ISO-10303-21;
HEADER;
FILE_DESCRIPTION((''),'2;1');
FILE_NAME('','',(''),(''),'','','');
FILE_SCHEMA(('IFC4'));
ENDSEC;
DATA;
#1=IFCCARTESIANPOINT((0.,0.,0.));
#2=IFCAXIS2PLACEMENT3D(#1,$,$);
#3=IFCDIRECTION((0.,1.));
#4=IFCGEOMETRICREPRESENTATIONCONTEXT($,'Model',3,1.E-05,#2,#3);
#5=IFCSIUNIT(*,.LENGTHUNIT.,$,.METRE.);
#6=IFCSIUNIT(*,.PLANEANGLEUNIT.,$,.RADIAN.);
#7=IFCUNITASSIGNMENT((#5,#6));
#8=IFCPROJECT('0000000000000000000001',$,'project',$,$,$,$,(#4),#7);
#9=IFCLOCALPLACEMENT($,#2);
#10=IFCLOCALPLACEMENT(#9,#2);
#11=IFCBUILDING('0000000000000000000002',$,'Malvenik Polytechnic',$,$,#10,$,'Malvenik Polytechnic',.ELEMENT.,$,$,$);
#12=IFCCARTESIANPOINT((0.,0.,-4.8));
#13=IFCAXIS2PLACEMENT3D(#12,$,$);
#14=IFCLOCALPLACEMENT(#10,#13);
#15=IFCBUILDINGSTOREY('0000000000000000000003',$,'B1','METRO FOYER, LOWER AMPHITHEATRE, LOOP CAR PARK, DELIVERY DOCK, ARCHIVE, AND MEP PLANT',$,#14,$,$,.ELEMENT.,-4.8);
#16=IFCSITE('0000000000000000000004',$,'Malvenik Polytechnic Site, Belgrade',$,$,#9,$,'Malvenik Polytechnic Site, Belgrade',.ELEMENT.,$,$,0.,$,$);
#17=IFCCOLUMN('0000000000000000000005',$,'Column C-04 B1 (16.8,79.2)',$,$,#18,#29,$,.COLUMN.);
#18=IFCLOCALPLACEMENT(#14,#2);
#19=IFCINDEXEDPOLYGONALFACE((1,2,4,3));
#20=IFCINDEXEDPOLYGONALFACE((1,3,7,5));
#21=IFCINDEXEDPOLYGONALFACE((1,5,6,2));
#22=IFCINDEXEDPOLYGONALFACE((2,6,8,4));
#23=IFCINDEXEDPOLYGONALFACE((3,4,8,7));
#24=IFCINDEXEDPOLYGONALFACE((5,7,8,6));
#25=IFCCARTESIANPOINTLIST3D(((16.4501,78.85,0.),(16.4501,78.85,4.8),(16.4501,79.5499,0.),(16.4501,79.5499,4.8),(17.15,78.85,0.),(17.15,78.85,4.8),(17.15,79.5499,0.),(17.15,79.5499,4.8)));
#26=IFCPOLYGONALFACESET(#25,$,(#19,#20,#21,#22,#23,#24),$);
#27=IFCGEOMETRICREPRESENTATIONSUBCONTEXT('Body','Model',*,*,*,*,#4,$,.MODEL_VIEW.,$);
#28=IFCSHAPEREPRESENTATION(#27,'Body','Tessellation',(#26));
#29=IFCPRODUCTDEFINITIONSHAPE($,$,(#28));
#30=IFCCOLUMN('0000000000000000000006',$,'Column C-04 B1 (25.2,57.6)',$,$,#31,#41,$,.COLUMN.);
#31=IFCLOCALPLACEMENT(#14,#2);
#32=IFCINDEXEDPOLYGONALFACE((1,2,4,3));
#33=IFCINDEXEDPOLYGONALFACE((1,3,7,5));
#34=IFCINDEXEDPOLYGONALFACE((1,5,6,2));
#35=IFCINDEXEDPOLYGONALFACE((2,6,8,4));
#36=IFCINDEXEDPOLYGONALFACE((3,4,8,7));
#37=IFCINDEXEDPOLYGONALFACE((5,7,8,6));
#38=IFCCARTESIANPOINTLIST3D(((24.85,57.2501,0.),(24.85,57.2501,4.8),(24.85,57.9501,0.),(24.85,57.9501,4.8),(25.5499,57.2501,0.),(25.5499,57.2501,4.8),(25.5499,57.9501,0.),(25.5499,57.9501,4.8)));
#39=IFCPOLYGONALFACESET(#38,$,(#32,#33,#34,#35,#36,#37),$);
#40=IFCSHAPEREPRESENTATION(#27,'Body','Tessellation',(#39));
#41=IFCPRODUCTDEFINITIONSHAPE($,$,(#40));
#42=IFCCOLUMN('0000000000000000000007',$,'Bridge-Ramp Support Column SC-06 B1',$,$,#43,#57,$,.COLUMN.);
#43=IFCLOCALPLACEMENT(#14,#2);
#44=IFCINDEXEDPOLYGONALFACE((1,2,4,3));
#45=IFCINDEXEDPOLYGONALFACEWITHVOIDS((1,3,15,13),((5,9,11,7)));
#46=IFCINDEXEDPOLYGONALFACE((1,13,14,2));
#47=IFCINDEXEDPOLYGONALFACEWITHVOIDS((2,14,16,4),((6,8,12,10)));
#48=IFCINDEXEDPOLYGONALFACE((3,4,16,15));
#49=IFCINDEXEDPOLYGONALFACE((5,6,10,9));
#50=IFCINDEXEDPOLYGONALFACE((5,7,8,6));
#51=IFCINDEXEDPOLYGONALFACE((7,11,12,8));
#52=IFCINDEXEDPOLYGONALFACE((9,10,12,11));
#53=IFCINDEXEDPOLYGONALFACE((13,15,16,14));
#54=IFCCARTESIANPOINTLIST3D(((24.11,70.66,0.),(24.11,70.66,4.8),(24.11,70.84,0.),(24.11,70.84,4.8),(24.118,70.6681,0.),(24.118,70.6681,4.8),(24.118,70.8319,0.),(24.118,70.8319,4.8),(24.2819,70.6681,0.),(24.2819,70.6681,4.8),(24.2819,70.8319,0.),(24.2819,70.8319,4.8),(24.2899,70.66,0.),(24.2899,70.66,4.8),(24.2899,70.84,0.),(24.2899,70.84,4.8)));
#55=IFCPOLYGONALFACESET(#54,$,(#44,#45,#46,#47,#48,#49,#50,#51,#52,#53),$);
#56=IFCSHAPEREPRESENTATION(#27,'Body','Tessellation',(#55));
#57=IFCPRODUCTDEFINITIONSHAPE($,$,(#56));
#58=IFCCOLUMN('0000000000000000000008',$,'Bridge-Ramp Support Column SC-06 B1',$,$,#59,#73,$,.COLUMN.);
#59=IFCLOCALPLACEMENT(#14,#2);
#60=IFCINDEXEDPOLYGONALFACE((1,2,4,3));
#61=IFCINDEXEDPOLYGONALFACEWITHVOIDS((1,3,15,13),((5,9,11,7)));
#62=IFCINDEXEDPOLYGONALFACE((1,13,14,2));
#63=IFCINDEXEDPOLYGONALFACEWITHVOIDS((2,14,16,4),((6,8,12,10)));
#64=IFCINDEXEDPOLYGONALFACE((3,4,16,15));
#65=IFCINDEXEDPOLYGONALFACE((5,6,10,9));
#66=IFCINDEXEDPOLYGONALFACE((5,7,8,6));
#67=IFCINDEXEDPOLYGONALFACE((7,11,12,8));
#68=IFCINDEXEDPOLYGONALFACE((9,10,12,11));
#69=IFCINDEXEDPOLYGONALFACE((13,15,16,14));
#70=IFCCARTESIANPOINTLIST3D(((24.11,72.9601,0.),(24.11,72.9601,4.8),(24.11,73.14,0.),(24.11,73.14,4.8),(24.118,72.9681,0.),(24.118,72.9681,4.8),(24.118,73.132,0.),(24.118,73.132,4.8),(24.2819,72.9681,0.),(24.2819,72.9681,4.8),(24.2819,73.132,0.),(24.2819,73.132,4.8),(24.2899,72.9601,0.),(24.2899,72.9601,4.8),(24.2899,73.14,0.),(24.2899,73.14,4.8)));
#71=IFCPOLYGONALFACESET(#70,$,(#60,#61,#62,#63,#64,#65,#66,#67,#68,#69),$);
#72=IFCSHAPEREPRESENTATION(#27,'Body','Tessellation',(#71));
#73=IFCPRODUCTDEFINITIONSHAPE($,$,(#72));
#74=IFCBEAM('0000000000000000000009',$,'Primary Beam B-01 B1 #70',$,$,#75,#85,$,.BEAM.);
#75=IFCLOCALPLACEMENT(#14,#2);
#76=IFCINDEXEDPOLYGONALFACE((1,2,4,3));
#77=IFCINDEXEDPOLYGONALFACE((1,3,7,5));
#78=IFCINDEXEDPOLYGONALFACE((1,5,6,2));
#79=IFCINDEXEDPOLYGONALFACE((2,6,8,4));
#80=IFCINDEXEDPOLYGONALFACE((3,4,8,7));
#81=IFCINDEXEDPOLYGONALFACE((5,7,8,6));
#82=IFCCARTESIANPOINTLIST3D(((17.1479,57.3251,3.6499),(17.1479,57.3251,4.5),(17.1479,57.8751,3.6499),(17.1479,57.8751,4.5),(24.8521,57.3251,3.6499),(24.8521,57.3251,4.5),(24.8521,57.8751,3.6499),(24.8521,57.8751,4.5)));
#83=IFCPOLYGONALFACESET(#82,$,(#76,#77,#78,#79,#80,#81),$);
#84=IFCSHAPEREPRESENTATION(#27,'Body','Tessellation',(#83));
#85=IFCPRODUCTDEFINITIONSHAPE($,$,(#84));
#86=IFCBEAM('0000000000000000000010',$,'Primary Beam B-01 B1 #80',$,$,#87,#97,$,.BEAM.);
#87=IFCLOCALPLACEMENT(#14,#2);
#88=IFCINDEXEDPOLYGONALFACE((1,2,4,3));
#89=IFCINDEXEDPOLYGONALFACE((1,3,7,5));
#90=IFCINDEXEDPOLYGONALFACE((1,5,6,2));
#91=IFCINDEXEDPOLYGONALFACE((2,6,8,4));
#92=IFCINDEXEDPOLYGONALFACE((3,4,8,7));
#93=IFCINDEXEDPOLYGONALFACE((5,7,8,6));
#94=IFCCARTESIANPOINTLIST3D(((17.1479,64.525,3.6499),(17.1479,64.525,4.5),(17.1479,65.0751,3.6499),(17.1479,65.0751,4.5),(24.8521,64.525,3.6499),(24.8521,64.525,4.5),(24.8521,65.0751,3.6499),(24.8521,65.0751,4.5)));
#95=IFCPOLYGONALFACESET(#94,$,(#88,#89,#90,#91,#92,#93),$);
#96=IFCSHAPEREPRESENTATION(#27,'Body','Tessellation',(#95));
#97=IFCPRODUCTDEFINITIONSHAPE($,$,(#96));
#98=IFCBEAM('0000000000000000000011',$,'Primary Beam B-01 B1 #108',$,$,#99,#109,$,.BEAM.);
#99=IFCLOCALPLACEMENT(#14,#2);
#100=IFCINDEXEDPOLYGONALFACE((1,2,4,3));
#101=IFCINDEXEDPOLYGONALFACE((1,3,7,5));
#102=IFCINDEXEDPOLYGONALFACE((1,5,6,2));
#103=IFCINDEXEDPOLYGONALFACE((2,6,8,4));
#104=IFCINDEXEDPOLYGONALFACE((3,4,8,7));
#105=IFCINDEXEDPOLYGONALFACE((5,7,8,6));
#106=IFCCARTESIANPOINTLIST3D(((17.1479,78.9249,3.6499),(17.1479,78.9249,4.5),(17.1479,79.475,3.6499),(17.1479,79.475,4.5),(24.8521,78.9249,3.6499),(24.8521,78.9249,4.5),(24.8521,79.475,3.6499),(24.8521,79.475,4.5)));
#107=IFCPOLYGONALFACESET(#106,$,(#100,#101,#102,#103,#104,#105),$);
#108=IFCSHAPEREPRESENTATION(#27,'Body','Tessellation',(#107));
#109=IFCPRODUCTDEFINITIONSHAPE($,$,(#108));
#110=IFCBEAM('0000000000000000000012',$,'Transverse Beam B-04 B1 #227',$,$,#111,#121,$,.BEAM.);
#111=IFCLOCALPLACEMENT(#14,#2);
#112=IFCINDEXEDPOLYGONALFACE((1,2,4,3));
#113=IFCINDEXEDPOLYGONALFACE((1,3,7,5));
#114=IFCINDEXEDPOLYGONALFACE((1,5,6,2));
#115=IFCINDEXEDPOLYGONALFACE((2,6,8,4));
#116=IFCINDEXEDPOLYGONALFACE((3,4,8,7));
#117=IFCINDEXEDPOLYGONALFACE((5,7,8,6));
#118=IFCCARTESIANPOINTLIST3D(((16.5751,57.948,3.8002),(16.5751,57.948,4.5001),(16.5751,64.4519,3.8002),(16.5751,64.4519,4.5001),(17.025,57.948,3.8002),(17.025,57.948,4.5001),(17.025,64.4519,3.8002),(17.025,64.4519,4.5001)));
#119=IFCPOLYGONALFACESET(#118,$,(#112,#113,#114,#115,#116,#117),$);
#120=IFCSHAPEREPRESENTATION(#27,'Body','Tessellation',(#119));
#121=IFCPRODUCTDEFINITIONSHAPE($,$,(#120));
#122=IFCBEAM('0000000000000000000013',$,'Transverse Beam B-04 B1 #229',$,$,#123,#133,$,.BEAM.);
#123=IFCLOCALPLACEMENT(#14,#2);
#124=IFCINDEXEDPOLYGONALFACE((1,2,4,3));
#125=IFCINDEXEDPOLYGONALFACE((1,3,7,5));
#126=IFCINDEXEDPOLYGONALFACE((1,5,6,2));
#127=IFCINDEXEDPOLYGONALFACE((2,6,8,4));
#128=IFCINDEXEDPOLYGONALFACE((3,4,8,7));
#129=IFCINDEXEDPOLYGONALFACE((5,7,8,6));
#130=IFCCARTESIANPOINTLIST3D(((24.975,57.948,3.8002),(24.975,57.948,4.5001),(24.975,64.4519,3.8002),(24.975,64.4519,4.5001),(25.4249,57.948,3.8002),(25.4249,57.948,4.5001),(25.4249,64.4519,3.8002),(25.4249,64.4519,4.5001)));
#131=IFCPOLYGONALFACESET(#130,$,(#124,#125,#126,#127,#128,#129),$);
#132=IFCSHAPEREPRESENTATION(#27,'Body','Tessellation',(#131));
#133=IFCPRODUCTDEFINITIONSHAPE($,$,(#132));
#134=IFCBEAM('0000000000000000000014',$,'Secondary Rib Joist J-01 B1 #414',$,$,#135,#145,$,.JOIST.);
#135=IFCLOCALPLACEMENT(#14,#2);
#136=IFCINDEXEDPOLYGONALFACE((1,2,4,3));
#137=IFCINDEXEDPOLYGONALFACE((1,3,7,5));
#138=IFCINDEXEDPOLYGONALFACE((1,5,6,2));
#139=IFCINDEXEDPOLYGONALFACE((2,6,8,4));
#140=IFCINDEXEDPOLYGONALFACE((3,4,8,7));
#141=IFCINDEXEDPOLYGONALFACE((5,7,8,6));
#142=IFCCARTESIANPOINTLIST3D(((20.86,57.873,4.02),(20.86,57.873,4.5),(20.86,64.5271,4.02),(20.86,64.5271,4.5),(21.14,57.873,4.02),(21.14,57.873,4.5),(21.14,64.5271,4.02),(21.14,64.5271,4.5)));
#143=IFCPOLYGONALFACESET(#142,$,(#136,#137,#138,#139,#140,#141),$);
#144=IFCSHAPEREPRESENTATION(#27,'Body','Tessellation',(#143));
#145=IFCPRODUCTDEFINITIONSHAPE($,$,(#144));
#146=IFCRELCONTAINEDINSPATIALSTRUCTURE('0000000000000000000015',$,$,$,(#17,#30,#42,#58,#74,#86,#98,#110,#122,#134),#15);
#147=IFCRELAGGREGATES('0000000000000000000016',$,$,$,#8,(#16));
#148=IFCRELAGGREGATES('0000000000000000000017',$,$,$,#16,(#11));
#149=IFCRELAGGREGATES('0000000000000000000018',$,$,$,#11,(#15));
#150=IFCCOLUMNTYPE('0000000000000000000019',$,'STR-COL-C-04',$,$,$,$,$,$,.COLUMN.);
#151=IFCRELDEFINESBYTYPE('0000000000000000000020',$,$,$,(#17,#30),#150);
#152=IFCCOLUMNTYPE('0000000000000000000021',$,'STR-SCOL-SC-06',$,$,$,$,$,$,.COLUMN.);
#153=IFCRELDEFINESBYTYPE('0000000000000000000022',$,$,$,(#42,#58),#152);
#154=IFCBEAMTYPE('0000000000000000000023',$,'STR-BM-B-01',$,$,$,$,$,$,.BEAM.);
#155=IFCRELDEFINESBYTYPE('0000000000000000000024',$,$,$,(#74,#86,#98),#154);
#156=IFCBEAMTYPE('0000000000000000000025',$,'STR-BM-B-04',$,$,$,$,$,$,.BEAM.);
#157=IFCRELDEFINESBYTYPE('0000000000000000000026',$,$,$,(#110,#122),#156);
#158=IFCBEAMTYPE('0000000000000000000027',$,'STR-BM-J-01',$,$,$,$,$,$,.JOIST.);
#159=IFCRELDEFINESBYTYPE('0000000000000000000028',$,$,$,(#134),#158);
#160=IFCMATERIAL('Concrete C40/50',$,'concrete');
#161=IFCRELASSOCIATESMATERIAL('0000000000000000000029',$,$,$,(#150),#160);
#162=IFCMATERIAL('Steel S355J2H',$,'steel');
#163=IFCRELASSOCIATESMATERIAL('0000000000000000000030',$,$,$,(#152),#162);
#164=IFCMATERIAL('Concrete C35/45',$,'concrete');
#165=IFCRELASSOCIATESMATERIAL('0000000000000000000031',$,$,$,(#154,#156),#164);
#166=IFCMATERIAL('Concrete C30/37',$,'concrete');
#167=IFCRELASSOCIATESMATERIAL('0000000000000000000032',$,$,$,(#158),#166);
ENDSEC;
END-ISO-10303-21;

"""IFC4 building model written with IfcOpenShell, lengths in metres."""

from ifc_helpers import new_model, si_unit, direction, frame, origin, origin_2d, place, context, subcontext, project, spatial, rectangle, hollow_rectangle, extrude, material, material_profile, profile_set, type_object, element, save


model = new_model("IFC4")

# Units and contexts
model_context = context("Model", 3, precision=1e-05, world=origin(), true_north=direction((0.0, 1.0)))
body_context = subcontext(model_context, "Body", "Model", "MODEL_VIEW")
ifc_project = project(units=[si_unit("LENGTHUNIT", "METRE"), si_unit("PLANEANGLEUNIT", "RADIAN")], contexts=[model_context])

# Site, building, storey
site_placement = place(None, origin())
site = spatial("IfcSite", under=ifc_project, at=site_placement, Name="Malvenik Polytechnic Site, Belgrade", LongName="Malvenik Polytechnic Site, Belgrade", CompositionType="ELEMENT", RefElevation=0.0)
building_placement = place(site_placement, origin())
building = spatial("IfcBuilding", under=site, at=building_placement, Name="Malvenik Polytechnic", LongName="Malvenik Polytechnic", CompositionType="ELEMENT")
storey_placement = place(building_placement, frame((0.0, 0.0, -4.8)))
storey = spatial("IfcBuildingStorey", under=building, at=storey_placement, Name="B1", Description="METRO FOYER, LOWER AMPHITHEATRE, LOOP CAR PARK, DELIVERY DOCK, ARCHIVE, AND MEP PLANT", CompositionType="ELEMENT", Elevation=-4.8)

# Shared definitions
ifc_material_1 = material(Name="Concrete C35/45", Category="concrete")

# Columns
ifc_material_2 = material(Name="Concrete C40/50", Category="concrete")
ifc_material_profile_1 = material_profile(ifc_material_2, rectangle(XDim=0.7, YDim=0.7, at=origin_2d()), Name="RC COL 700x700")
ifc_profile_set_1 = profile_set([ifc_material_profile_1], Name="Concrete C40/50")
column_type_1 = type_object("IfcColumnType", Name="STR-COL-C-04", PredefinedType="COLUMN", material=ifc_profile_set_1)
for number, where, z_axis, x_axis, name in (
    (1, (16.8, 79.2, 0.0), (0.0, 0.0, 1.0), (1.0, 0.0, 0.0), "Column C-04 B1 (16.8,79.2)"),
    (2, (25.2, 57.6001, 0.0), (0.0, 0.0, 1.0), (1.0, 0.0, 0.0), "Column C-04 B1 (25.2,57.6)"),
):
    element("IfcColumn", number, at=place(storey_placement, frame(where, z_axis=z_axis, x_axis=x_axis)), inside=storey, type_object=column_type_1, Name=name, PredefinedType="COLUMN", context=body_context, shape_type="SweptSolid", body=[
        extrude(rectangle(XDim=0.7, YDim=0.7, at=origin_2d()), origin(), (0.0, 0.0, 1.0), 4.8),
    ])
ifc_material_3 = material(Name="Steel S355J2H", Category="steel")
ifc_material_profile_2 = material_profile(ifc_material_3, hollow_rectangle(XDim=0.1799, YDim=0.1799, WallThickness=0.0081, at=origin_2d()), Name="SHS 180x180x8.0")
ifc_profile_set_2 = profile_set([ifc_material_profile_2], Name="Steel S355J2H")
column_type_2 = type_object("IfcColumnType", Name="STR-SCOL-SC-06", PredefinedType="COLUMN", material=ifc_profile_set_2)
for number, where, z_axis, x_axis, name in (
    (3, (24.2, 70.75, 0.0), (0.0, 0.0, 1.0), (1.0, 0.0, 0.0), "Bridge-Ramp Support Column SC-06 B1"),
    (4, (24.2, 73.05, 0.0), (0.0, 0.0, 1.0), (1.0, 0.0, 0.0), "Bridge-Ramp Support Column SC-06 B1"),
):
    element("IfcColumn", number, at=place(storey_placement, frame(where, z_axis=z_axis, x_axis=x_axis)), inside=storey, type_object=column_type_2, Name=name, PredefinedType="COLUMN", context=body_context, shape_type="SweptSolid", body=[
        extrude(hollow_rectangle(XDim=0.1799, YDim=0.1799, WallThickness=0.0081, at=origin_2d()), origin(), (0.0, 0.0, 1.0), 4.8),
    ])

# Beams
ifc_material_profile_3 = material_profile(ifc_material_1, rectangle(XDim=0.55, YDim=0.8501, at=origin_2d()), Name="RC BM 550x850")
ifc_profile_set_3 = profile_set([ifc_material_profile_3], Name="Concrete C35/45")
beam_type_1 = type_object("IfcBeamType", Name="STR-BM-B-01", PredefinedType="BEAM", material=ifc_profile_set_3)
for number, where, z_axis, x_axis, name in (
    (5, (17.1479, 57.6001, 4.075), (1.0, 0.0, 0.0), (0.0, 1.0, 0.0), "Primary Beam B-01 B1 #70"),
    (6, (17.1479, 64.8, 4.075), (1.0, 0.0, 0.0), (0.0, 1.0, 0.0), "Primary Beam B-01 B1 #80"),
    (7, (17.1479, 79.2, 4.075), (1.0, 0.0, 0.0), (0.0, 1.0, 0.0), "Primary Beam B-01 B1 #108"),
):
    element("IfcBeam", number, at=place(storey_placement, frame(where, z_axis=z_axis, x_axis=x_axis)), inside=storey, type_object=beam_type_1, Name=name, PredefinedType="BEAM", context=body_context, shape_type="SweptSolid", body=[
        extrude(rectangle(XDim=0.55, YDim=0.8501, at=origin_2d()), origin(), (0.0, 0.0, 1.0), 7.7041),
    ])
ifc_material_profile_4 = material_profile(ifc_material_1, rectangle(XDim=0.45, YDim=0.7, at=origin_2d()), Name="RC BM 450x700")
ifc_profile_set_4 = profile_set([ifc_material_profile_4], Name="Concrete C35/45")
beam_type_2 = type_object("IfcBeamType", Name="STR-BM-B-04", PredefinedType="BEAM", material=ifc_profile_set_4)
for number, where, z_axis, x_axis, name in (
    (8, (16.8, 57.948, 4.1501), (0.0, 1.0, 0.0), (-1.0, 0.0, 0.0), "Transverse Beam B-04 B1 #227"),
    (9, (25.2, 57.948, 4.1501), (0.0, 1.0, 0.0), (-1.0, 0.0, 0.0), "Transverse Beam B-04 B1 #229"),
):
    element("IfcBeam", number, at=place(storey_placement, frame(where, z_axis=z_axis, x_axis=x_axis)), inside=storey, type_object=beam_type_2, Name=name, PredefinedType="BEAM", context=body_context, shape_type="SweptSolid", body=[
        extrude(rectangle(XDim=0.45, YDim=0.7, at=origin_2d()), origin(), (0.0, 0.0, 1.0), 6.5039),
    ])
ifc_material_4 = material(Name="Concrete C30/37", Category="concrete")
ifc_material_profile_5 = material_profile(ifc_material_4, rectangle(XDim=0.28, YDim=0.48, at=origin_2d()), Name="RC JST 280x480")
ifc_profile_set_5 = profile_set([ifc_material_profile_5], Name="Concrete C30/37")
beam_type_3 = type_object("IfcBeamType", Name="STR-BM-J-01", PredefinedType="JOIST", material=ifc_profile_set_5)
beam_placement = place(storey_placement, frame((21.0, 57.873, 4.26), z_axis=(0.0, 1.0, 0.0), x_axis=(-1.0, 0.0, 0.0)))
element("IfcBeam", 10, at=beam_placement, inside=storey, type_object=beam_type_3, Name="Secondary Rib Joist J-01 B1 #414", PredefinedType="JOIST", context=body_context, shape_type="SweptSolid", body=[
    extrude(rectangle(XDim=0.28, YDim=0.48, at=origin_2d()), origin(), (0.0, 0.0, 1.0), 6.6541),
])

save(model, "model.ifc")
